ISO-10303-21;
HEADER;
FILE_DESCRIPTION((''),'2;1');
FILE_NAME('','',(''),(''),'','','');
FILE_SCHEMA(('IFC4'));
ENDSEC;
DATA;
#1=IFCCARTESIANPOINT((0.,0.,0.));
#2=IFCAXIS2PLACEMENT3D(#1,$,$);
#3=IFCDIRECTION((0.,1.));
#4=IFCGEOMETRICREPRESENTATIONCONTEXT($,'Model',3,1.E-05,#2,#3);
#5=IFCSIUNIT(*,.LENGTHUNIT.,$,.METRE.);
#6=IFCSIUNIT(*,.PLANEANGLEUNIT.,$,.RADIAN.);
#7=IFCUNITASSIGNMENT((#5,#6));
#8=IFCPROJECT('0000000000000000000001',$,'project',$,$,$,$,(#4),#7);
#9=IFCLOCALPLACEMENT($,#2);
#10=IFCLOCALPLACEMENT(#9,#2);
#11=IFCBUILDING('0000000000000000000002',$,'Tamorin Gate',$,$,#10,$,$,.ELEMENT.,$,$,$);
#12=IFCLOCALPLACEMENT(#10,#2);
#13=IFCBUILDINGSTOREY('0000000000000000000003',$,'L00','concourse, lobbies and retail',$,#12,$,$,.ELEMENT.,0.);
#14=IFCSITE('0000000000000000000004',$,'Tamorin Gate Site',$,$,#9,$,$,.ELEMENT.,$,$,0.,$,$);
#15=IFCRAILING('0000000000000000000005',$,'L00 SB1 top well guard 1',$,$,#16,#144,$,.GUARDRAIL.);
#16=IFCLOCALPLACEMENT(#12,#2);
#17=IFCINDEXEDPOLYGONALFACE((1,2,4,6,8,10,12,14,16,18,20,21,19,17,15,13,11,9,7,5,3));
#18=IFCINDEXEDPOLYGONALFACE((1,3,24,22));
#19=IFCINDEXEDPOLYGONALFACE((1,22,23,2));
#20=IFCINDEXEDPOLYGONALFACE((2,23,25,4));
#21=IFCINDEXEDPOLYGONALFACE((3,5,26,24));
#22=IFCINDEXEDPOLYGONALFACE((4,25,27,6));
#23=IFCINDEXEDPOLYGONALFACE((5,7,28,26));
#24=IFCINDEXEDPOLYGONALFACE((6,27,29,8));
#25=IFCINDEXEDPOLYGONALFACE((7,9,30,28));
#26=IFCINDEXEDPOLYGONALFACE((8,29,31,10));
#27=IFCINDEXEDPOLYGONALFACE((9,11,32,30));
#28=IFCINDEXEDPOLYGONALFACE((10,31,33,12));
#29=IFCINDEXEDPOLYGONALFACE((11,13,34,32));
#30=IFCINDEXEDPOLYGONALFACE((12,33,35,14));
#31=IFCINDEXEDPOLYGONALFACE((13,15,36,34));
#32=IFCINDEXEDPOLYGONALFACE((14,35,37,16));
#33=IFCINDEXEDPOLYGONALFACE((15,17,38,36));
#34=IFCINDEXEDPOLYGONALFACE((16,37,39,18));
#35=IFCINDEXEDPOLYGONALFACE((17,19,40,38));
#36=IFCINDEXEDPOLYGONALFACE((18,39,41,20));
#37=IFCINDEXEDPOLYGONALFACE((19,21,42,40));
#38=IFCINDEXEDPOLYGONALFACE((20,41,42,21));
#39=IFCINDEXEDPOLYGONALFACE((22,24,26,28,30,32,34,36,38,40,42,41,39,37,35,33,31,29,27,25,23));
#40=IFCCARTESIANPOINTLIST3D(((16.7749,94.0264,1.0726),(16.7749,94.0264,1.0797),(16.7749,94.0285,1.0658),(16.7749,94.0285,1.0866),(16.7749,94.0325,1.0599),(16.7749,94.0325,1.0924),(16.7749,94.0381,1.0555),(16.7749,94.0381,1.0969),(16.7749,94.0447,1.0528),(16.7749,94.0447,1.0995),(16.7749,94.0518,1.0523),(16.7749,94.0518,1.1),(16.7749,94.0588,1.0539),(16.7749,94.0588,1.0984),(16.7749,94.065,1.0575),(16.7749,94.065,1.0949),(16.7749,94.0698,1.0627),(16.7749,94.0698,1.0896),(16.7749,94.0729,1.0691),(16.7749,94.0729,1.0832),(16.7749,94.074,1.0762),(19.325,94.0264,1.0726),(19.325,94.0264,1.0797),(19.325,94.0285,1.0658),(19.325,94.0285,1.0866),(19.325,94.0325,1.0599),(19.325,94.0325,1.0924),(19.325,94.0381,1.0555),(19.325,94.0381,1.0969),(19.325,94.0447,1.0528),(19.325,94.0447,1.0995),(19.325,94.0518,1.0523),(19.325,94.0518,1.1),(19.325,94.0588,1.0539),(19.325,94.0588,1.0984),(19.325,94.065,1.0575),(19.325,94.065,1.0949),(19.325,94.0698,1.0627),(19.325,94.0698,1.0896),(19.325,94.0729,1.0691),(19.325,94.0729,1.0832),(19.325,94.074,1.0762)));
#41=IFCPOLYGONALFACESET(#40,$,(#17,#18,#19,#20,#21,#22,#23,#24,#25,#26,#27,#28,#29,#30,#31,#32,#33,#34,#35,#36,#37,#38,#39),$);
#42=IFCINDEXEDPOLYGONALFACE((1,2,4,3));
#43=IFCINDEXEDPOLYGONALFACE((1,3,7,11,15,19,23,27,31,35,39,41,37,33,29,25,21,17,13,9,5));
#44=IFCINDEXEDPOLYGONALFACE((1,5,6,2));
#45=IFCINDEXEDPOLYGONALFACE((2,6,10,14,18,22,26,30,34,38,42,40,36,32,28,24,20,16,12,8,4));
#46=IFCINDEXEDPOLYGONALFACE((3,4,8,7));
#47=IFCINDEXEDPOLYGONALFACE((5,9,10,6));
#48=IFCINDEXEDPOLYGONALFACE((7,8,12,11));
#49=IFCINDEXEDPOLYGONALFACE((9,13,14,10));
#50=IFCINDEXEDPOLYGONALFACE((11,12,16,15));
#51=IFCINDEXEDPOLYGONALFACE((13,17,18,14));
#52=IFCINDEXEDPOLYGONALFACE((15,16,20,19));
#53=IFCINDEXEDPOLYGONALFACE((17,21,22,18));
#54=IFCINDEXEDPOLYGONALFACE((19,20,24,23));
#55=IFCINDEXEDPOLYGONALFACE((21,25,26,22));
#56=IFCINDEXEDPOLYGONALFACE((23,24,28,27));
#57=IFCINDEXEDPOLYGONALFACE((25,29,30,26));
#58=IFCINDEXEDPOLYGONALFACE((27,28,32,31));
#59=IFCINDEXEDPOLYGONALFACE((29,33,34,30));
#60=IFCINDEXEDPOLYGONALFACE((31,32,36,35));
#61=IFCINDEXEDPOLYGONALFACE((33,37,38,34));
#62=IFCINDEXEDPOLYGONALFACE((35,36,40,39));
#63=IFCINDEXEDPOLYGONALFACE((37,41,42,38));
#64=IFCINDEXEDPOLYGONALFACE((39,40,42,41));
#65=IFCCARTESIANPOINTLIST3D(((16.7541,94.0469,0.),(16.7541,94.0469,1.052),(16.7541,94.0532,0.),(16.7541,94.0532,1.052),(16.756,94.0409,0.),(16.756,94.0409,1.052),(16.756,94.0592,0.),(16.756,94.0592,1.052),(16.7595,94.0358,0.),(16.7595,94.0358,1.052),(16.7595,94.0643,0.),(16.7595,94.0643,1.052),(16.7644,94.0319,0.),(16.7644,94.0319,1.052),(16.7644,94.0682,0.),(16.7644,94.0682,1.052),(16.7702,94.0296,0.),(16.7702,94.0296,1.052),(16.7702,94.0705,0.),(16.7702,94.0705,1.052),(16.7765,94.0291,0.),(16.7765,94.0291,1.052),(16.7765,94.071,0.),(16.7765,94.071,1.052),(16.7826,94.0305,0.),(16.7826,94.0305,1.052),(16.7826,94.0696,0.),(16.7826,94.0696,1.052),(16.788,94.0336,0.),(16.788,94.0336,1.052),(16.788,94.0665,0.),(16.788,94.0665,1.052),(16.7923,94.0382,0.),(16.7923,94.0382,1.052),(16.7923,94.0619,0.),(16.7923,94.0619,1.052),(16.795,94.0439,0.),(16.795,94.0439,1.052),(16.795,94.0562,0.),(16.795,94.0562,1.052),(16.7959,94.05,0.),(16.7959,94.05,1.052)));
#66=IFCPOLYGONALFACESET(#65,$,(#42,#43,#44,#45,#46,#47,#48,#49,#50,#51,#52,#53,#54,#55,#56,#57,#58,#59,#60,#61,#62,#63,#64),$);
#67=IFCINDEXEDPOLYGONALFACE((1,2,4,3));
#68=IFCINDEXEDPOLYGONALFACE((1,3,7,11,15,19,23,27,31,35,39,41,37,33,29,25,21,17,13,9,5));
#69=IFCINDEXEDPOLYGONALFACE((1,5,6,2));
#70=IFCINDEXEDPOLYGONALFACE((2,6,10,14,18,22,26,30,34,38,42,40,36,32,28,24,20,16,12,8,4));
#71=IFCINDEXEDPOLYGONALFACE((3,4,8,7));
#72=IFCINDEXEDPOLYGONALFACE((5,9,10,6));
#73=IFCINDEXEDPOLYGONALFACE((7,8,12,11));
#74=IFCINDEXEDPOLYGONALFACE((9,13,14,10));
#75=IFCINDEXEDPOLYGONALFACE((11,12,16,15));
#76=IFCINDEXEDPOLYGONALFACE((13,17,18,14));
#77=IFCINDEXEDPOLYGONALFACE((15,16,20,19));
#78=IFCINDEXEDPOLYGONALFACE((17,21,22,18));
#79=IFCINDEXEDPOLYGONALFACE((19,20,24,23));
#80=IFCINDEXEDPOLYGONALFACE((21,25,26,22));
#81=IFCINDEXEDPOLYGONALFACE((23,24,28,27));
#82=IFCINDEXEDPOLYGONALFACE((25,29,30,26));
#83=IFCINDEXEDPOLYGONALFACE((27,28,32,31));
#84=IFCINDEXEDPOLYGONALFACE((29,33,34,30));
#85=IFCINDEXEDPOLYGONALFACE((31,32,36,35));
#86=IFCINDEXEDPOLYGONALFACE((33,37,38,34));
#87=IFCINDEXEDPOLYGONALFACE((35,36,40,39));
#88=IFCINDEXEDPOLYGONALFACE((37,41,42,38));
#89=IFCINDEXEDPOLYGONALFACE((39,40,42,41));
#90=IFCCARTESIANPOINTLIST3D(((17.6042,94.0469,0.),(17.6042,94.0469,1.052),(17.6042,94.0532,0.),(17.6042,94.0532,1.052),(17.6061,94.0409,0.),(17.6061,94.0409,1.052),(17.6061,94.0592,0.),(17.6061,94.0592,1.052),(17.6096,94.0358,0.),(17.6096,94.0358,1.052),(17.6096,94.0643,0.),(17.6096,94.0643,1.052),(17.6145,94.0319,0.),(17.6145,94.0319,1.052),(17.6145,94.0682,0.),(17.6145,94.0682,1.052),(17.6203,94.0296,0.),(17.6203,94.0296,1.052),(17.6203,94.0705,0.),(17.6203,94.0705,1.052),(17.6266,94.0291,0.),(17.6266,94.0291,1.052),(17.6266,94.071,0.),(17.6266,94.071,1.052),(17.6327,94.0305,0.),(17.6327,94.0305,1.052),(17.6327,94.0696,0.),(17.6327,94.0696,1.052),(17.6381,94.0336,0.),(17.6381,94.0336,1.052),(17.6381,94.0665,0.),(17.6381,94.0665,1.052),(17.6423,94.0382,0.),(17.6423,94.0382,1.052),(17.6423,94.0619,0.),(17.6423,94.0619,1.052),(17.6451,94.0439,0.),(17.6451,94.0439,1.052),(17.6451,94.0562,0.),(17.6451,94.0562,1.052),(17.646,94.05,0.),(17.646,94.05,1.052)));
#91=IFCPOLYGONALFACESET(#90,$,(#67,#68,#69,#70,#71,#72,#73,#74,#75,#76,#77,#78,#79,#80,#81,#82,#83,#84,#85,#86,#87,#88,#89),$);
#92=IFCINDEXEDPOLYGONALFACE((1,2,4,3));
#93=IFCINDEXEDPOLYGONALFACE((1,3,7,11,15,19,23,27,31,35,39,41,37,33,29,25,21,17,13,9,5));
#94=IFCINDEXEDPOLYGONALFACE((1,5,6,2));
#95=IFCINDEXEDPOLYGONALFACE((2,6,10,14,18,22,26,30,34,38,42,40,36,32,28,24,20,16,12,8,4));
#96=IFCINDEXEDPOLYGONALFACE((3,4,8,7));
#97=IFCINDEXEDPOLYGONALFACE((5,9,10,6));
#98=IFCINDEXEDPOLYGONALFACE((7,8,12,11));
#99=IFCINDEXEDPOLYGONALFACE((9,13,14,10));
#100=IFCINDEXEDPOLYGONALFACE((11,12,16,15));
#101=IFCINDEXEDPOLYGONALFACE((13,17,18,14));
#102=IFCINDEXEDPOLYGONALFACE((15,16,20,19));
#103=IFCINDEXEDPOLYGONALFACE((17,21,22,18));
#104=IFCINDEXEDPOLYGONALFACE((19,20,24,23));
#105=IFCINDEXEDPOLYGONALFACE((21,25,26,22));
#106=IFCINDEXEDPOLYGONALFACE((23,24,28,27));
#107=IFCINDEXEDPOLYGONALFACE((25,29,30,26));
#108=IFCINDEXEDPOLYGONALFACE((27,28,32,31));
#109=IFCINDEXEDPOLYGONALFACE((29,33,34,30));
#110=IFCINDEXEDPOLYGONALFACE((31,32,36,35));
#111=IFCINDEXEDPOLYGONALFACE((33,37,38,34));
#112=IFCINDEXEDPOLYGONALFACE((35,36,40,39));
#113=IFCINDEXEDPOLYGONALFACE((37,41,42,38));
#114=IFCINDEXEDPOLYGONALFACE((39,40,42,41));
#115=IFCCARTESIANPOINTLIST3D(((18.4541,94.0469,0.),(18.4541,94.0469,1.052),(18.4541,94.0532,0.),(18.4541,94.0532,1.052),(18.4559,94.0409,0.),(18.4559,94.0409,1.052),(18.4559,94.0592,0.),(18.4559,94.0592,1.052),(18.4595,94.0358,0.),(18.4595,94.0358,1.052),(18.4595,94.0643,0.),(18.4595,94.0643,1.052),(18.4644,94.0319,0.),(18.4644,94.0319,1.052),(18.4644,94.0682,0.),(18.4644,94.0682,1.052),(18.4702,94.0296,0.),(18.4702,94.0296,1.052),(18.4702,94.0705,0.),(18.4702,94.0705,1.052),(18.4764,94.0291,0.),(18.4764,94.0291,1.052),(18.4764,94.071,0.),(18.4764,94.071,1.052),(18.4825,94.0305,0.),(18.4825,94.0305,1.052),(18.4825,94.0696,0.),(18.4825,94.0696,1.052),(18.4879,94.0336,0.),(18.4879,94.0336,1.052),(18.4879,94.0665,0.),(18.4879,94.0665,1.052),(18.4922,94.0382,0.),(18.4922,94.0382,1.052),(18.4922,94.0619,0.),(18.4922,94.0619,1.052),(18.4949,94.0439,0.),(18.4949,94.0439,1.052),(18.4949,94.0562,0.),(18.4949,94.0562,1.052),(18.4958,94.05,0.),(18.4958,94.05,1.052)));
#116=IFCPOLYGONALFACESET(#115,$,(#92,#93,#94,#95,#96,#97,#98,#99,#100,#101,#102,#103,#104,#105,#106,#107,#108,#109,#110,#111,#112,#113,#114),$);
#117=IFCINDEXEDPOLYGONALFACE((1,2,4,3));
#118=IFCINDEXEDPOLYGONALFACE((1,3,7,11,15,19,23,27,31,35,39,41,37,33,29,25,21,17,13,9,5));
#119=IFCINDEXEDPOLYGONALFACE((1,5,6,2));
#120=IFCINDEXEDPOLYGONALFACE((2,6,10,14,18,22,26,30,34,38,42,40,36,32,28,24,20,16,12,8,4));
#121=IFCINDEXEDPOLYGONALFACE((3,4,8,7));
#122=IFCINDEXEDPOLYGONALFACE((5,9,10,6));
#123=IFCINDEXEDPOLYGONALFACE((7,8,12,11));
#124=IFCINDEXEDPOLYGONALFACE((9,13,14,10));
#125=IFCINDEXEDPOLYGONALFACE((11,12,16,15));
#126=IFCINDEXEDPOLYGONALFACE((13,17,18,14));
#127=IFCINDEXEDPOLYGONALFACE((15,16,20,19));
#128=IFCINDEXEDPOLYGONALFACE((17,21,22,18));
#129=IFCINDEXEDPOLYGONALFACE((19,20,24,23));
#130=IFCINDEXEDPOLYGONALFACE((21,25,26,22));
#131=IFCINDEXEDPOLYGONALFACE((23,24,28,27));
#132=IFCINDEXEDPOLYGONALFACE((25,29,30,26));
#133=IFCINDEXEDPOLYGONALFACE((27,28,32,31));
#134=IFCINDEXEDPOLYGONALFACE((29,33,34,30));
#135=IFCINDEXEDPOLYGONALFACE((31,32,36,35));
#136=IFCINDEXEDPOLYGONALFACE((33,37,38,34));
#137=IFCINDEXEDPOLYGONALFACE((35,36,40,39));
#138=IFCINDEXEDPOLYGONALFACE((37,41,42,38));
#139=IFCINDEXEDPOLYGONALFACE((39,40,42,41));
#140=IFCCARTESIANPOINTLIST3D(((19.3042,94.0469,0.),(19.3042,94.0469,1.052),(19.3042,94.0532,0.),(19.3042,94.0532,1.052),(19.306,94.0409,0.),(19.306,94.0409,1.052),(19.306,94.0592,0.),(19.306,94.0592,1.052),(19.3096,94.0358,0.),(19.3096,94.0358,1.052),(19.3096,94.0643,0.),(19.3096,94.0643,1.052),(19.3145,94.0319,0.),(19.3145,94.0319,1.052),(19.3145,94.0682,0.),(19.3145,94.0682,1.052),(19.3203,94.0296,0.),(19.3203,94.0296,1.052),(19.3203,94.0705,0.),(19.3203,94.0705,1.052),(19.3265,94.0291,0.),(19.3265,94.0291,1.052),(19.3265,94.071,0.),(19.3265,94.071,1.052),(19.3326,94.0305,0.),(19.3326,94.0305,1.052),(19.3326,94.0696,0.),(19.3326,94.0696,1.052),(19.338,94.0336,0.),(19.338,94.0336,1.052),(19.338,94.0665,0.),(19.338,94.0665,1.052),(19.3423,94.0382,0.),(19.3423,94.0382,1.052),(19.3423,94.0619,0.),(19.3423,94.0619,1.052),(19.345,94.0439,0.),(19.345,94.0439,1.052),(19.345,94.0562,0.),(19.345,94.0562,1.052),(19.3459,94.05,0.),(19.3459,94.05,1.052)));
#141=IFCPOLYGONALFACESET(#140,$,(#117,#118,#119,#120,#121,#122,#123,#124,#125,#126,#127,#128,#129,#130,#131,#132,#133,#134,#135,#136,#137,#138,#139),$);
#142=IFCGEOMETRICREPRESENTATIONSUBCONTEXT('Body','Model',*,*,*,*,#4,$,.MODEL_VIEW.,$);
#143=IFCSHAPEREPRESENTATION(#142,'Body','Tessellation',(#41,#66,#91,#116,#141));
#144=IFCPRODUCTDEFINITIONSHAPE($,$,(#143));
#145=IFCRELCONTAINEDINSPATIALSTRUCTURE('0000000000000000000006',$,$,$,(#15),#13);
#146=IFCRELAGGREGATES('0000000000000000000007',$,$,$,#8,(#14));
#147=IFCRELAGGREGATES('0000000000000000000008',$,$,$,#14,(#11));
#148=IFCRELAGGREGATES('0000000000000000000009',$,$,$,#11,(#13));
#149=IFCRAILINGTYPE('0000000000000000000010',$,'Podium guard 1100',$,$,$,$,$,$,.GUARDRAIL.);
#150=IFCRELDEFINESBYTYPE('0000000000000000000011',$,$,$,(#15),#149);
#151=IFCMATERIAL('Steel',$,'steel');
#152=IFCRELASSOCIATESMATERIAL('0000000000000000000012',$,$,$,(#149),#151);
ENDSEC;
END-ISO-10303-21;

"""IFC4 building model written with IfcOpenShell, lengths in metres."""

from ifc_helpers import new_model, si_unit, direction, frame, origin, origin_2d, place, context, subcontext, project, spatial, circle, extrude, material, type_object, element, save


model = new_model("IFC4")

# Units and contexts
model_context = context("Model", 3, precision=1e-05, world=origin(), true_north=direction((0.0, 1.0)))
body_context = subcontext(model_context, "Body", "Model", "MODEL_VIEW")
ifc_project = project(units=[si_unit("LENGTHUNIT", "METRE"), si_unit("PLANEANGLEUNIT", "RADIAN")], contexts=[model_context])

# Site, building, storey
site_placement = place(None, origin())
site = spatial("IfcSite", under=ifc_project, at=site_placement, Name="Tamorin Gate Site", CompositionType="ELEMENT", RefElevation=0.0)
building_placement = place(site_placement, origin())
building = spatial("IfcBuilding", under=site, at=building_placement, Name="Tamorin Gate", CompositionType="ELEMENT")
storey_placement = place(building_placement, origin())
storey = spatial("IfcBuildingStorey", under=building, at=storey_placement, Name="L00", Description="concourse, lobbies and retail", CompositionType="ELEMENT", Elevation=0.0)

# Railing
ifc_material_1 = material(Name="Steel", Category="steel")
railing_type = type_object("IfcRailingType", Name="Podium guard 1100", PredefinedType="GUARDRAIL", material=ifc_material_1)
railing_1_placement = place(storey_placement, frame((16.7749, 94.05, 0.0)))
element("IfcRailing", 1, at=railing_1_placement, inside=storey, type_object=railing_type, Name="L00 SB1 top well guard 1", PredefinedType="GUARDRAIL", context=body_context, shape_type="SweptSolid", body=[
    extrude(circle(Radius=0.0239, at=origin_2d()), frame((0.0, 0.0, 1.0762), z_axis=(1.0, 0.0, 0.0), x_axis=(0.0, 1.0, 0.0)), (0.0, 0.0, 1.0), 2.55),
    extrude(circle(Radius=0.021, at=origin_2d()), origin(), (0.0, 0.0, 1.0), 1.052),
    extrude(circle(Radius=0.021, at=origin_2d()), frame((0.8501, 0.0, 0.0)), (0.0, 0.0, 1.0), 1.052),
    extrude(circle(Radius=0.021, at=origin_2d()), frame((1.7, 0.0, 0.0)), (0.0, 0.0, 1.0), 1.052),
    extrude(circle(Radius=0.021, at=origin_2d()), frame((2.55, 0.0, 0.0)), (0.0, 0.0, 1.0), 1.052),
])

save(model, "model.ifc")
